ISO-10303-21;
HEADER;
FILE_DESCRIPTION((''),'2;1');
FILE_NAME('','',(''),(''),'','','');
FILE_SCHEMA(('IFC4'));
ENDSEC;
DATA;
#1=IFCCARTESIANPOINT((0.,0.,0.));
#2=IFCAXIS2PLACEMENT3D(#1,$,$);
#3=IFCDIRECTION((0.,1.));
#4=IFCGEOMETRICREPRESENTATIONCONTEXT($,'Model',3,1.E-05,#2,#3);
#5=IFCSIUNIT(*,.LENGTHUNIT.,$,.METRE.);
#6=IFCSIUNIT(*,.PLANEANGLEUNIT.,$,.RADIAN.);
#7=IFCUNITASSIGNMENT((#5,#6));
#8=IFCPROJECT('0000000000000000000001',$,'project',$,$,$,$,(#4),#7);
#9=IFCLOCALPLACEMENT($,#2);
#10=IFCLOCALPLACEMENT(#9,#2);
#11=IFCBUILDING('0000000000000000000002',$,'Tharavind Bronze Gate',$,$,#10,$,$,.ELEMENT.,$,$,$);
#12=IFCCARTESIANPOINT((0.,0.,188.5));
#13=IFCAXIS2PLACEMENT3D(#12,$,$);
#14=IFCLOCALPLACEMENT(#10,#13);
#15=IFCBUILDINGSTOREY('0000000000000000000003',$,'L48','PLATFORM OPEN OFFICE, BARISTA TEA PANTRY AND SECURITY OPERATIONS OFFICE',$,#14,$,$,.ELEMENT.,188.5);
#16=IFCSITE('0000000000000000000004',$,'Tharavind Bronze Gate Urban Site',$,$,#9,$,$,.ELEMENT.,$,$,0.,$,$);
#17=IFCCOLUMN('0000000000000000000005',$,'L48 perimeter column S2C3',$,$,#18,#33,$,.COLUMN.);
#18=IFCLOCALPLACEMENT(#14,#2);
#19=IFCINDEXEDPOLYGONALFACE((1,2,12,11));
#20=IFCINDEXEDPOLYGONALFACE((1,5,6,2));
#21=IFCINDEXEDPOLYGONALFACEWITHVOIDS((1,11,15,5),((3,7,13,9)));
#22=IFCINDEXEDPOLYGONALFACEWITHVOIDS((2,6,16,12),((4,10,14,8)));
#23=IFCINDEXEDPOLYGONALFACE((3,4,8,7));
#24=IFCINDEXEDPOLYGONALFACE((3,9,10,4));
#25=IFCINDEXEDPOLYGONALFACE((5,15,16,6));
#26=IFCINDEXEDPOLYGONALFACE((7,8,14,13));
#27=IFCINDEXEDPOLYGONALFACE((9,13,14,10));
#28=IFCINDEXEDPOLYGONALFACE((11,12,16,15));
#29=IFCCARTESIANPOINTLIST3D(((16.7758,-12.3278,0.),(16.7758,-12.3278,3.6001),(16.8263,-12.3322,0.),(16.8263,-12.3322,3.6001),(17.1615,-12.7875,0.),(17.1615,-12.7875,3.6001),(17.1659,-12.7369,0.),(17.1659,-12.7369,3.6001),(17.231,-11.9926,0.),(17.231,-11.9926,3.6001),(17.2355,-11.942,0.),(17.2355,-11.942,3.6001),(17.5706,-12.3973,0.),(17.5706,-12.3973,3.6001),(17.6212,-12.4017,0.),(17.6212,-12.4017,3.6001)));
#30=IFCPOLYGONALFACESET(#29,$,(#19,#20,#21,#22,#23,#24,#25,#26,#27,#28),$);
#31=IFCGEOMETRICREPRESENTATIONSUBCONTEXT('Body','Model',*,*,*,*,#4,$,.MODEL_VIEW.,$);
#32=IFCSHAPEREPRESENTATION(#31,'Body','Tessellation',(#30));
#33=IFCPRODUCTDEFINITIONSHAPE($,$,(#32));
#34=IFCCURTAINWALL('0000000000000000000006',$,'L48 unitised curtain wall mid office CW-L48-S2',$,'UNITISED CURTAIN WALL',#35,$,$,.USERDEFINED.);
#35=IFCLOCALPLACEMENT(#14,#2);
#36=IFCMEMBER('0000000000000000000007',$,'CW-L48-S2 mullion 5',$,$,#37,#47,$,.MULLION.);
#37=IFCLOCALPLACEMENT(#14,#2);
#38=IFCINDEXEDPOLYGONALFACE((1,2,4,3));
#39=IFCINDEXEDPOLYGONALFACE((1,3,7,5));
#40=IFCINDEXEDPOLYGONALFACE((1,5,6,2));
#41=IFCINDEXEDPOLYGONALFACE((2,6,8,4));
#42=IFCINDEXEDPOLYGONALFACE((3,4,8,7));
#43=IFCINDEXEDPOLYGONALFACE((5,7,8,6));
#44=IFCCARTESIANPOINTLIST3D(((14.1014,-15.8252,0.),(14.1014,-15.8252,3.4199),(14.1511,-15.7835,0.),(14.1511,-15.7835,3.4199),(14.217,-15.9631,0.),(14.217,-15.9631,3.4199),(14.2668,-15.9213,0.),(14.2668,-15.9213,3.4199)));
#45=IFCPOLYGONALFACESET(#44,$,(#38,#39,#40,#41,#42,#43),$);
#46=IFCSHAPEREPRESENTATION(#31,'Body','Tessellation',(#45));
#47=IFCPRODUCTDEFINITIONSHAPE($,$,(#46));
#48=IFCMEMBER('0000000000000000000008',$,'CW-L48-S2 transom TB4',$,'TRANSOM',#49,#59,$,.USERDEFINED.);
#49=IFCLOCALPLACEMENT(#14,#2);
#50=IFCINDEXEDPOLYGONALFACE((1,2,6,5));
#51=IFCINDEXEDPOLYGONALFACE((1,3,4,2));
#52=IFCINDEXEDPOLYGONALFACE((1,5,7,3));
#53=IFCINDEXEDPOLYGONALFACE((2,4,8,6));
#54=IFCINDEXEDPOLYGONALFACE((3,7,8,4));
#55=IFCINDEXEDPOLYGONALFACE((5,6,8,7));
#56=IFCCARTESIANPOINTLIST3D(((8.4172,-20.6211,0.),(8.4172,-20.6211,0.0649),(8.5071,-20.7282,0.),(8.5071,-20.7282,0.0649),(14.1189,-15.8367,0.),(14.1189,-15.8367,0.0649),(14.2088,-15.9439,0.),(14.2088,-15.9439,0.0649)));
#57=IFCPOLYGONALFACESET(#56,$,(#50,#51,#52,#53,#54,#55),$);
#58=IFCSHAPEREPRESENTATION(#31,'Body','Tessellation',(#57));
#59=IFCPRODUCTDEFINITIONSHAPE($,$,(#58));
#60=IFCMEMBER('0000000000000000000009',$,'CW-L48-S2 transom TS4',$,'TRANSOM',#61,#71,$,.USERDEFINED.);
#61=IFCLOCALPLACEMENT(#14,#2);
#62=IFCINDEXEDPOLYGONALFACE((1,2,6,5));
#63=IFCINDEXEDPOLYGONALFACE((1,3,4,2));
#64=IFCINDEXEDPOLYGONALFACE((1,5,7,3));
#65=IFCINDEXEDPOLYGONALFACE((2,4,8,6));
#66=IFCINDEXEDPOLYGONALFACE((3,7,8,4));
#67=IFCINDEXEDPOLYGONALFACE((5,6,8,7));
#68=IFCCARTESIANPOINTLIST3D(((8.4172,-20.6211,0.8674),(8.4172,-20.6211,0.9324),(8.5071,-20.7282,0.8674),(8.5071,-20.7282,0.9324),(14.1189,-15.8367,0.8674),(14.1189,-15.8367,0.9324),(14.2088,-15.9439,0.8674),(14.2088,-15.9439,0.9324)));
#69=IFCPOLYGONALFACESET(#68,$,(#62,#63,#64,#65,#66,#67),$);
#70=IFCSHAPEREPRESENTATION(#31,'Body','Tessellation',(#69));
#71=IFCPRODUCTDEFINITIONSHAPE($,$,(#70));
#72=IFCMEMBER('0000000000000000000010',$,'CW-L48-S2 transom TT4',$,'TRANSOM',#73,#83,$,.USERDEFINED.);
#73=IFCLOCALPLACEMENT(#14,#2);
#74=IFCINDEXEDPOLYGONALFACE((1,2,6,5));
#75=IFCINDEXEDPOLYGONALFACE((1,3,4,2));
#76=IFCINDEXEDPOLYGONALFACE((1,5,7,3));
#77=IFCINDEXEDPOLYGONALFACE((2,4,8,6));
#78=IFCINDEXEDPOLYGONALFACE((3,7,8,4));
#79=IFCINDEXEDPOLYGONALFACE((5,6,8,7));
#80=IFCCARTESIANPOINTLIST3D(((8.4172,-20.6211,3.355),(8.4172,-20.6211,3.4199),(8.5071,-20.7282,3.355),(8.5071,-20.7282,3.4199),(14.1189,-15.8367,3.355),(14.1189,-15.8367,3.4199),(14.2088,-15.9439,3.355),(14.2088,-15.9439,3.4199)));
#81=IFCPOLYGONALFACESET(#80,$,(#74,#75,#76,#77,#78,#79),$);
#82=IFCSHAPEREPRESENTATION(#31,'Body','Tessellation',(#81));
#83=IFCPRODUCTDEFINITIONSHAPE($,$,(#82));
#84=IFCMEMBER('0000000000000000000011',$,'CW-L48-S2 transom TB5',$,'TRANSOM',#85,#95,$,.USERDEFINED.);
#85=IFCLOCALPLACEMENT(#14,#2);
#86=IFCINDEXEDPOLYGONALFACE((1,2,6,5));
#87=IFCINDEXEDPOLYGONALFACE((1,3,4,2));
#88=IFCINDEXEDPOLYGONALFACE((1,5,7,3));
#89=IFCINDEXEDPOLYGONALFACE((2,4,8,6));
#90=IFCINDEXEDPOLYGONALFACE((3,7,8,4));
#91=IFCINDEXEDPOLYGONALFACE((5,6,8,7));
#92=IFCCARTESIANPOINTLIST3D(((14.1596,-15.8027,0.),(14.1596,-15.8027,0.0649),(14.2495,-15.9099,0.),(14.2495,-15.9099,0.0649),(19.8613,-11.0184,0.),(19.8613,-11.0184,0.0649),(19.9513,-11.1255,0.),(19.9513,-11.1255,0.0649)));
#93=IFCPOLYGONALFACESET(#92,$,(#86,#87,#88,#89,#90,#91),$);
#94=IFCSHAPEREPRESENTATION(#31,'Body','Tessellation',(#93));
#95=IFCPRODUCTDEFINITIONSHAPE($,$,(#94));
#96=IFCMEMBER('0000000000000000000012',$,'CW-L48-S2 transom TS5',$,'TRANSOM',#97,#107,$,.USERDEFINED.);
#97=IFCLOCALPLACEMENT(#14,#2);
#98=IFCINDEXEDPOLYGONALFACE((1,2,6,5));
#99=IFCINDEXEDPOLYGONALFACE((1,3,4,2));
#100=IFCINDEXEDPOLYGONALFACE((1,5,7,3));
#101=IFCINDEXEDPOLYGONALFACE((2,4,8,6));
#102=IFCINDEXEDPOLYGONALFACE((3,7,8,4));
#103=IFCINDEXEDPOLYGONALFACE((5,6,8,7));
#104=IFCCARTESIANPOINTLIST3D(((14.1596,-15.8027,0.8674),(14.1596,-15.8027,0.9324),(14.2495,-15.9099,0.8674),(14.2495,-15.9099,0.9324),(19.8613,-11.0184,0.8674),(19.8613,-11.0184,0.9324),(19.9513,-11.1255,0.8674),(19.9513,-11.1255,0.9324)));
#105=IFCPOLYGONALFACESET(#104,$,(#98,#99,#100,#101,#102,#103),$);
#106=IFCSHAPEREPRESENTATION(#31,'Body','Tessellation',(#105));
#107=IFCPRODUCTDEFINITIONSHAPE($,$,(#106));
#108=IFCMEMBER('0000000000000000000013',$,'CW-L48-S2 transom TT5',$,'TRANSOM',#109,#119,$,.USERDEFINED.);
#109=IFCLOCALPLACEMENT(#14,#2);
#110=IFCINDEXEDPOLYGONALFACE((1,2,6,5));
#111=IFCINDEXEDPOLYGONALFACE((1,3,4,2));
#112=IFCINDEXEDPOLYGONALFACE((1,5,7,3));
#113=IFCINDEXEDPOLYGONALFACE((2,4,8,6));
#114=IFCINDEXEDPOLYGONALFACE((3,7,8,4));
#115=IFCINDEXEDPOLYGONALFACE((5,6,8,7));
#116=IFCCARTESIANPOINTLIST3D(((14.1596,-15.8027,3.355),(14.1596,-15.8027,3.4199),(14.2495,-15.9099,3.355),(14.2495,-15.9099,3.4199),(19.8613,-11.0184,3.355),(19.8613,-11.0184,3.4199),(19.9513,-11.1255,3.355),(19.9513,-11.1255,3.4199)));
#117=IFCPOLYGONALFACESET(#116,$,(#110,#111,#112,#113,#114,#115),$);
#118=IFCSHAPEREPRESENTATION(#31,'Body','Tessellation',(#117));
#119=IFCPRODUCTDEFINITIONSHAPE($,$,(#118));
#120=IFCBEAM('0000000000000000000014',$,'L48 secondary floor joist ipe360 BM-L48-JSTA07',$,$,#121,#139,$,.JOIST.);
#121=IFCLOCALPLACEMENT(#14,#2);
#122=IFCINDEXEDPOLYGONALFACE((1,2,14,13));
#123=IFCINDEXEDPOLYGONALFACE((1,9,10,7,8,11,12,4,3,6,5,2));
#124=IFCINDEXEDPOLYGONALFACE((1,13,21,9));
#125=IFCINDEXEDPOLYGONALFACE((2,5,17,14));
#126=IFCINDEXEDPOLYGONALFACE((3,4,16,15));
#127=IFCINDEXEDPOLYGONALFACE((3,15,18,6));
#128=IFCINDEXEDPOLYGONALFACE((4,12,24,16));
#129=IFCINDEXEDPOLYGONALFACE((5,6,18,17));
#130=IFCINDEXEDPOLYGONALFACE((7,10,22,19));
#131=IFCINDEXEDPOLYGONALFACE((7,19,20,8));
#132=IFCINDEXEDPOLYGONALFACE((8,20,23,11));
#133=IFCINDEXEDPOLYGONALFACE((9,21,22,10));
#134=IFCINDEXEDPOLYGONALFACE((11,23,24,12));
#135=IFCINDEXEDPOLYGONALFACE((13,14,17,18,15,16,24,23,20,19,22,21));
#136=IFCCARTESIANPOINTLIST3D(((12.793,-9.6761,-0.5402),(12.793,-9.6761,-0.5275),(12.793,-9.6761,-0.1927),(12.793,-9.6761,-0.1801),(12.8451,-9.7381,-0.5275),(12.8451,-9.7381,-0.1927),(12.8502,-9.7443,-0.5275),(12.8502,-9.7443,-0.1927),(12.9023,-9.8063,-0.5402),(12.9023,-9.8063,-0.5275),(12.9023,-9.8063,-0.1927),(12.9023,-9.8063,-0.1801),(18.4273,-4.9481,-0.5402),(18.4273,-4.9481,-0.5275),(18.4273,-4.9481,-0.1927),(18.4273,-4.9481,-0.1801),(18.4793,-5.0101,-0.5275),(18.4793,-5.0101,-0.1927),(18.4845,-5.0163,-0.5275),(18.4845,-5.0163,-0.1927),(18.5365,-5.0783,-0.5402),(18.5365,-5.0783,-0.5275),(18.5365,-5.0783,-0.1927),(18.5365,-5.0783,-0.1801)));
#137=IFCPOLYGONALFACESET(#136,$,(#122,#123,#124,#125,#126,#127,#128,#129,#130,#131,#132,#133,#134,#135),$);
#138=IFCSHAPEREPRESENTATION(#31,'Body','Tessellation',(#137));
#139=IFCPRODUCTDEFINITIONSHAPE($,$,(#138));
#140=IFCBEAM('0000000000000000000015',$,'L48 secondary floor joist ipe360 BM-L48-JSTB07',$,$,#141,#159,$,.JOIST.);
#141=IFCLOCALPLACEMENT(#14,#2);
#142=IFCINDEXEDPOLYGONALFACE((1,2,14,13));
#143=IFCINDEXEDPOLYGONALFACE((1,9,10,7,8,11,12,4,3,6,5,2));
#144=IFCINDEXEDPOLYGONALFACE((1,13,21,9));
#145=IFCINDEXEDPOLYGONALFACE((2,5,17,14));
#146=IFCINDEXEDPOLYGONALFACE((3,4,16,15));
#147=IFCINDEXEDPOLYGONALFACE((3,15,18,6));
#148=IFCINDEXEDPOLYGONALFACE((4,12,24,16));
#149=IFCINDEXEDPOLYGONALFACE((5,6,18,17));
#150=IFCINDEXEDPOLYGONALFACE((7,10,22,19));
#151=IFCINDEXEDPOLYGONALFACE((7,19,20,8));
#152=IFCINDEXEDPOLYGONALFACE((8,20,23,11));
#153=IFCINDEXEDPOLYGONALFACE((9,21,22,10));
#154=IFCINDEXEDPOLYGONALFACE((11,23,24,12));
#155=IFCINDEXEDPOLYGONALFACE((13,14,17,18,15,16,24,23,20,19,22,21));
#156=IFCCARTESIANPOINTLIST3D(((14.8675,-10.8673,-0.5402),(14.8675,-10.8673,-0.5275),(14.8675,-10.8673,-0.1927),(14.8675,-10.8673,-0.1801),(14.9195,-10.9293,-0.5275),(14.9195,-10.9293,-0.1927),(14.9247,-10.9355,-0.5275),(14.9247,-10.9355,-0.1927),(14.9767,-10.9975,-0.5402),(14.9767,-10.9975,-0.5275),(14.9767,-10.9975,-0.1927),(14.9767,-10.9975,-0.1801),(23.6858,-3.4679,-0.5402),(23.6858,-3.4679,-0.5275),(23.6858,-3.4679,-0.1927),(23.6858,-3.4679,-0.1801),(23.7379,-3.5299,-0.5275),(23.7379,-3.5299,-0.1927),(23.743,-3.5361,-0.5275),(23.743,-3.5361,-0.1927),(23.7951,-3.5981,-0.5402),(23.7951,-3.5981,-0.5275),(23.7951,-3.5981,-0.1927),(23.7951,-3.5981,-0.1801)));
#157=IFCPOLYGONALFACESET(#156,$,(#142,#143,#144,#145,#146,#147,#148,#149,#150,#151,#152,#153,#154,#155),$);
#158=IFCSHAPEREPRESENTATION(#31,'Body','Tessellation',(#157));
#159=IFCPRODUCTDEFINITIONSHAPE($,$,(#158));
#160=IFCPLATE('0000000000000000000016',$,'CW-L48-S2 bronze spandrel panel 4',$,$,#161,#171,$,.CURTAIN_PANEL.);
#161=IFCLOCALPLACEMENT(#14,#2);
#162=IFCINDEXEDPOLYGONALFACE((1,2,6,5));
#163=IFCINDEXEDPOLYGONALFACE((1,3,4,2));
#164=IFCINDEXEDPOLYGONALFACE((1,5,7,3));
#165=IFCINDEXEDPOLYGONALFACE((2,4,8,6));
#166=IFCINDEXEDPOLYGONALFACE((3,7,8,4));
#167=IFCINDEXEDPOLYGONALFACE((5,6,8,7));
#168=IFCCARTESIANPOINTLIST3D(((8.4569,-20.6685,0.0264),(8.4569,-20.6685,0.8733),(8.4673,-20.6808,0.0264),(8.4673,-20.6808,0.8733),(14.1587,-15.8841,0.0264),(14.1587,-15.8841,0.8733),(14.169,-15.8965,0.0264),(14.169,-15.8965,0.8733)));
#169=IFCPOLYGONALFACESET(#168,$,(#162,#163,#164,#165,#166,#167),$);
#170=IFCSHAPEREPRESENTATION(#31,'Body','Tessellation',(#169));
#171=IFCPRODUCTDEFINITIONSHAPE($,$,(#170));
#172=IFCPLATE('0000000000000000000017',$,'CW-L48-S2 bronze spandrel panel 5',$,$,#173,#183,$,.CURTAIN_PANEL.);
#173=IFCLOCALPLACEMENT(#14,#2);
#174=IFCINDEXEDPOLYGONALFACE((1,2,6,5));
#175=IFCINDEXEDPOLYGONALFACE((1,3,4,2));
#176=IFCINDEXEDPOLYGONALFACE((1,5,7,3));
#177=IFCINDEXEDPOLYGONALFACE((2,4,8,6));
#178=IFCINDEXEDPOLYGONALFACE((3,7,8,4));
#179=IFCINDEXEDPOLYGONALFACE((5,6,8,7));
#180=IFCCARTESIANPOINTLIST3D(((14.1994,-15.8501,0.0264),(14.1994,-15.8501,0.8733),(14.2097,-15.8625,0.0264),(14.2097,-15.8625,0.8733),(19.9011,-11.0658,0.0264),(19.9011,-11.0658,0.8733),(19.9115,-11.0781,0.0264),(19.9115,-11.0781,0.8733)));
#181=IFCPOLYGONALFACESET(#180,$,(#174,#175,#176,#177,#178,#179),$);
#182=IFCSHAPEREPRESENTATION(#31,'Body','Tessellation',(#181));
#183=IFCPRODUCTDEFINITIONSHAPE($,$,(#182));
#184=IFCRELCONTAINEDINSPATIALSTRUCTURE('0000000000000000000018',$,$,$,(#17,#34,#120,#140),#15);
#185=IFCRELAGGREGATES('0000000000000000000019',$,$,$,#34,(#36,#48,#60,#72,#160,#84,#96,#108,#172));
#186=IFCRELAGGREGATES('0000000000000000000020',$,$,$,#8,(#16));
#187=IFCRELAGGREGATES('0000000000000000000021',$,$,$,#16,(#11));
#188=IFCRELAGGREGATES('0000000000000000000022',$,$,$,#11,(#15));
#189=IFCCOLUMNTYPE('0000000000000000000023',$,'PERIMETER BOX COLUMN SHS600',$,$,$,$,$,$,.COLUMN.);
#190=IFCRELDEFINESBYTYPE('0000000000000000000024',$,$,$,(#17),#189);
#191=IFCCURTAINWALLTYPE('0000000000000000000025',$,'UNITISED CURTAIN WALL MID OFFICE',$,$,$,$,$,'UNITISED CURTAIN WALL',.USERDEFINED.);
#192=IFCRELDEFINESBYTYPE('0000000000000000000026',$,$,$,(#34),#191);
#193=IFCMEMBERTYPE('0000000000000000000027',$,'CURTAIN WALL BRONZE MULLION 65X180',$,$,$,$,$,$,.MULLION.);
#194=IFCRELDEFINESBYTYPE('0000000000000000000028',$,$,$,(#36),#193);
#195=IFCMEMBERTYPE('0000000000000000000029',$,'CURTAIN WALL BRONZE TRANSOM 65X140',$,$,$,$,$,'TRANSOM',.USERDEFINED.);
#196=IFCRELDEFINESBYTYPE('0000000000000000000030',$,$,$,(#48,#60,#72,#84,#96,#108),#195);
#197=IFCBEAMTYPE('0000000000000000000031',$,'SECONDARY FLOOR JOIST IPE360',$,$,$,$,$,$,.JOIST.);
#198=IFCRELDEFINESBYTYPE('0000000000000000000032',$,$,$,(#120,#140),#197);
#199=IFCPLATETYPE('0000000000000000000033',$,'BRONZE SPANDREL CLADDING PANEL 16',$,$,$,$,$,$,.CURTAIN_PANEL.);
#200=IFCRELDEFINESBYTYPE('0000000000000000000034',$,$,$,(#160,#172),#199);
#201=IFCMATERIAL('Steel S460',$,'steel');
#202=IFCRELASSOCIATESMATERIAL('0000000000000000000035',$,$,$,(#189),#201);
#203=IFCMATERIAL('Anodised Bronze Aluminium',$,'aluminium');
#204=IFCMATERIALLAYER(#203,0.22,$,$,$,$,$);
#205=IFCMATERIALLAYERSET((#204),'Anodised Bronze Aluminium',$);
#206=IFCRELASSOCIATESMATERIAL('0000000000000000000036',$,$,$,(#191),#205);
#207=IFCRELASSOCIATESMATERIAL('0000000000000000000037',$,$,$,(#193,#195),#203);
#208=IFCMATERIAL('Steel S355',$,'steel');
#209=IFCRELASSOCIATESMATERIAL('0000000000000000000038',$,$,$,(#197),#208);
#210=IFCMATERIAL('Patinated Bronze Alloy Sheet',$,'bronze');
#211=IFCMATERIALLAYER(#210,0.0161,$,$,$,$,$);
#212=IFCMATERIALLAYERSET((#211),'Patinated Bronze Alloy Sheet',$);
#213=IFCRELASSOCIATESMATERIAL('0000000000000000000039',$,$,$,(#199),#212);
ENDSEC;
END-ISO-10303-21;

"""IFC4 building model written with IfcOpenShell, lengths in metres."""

from ifc_helpers import new_model, si_unit, direction, frame, origin, origin_2d, place, context, subcontext, project, spatial, rectangle, hollow_rectangle, i_section, extrude, material, layer, layer_set, material_profile, profile_set, type_object, element, aggregate, save


model = new_model("IFC4")

# Units and contexts
model_context = context("Model", 3, precision=1e-05, world=origin(), true_north=direction((0.0, 1.0)))
body_context = subcontext(model_context, "Body", "Model", "MODEL_VIEW")
ifc_project = project(units=[si_unit("LENGTHUNIT", "METRE"), si_unit("PLANEANGLEUNIT", "RADIAN")], contexts=[model_context])

# Site, building, storey
site_placement = place(None, origin())
site = spatial("IfcSite", under=ifc_project, at=site_placement, Name="Tharavind Bronze Gate Urban Site", CompositionType="ELEMENT", RefElevation=0.0)
building_placement = place(site_placement, origin())
building = spatial("IfcBuilding", under=site, at=building_placement, Name="Tharavind Bronze Gate", CompositionType="ELEMENT")
storey_placement = place(building_placement, frame((0.0, 0.0, 188.5)))
storey = spatial("IfcBuildingStorey", under=building, at=storey_placement, Name="L48", Description="PLATFORM OPEN OFFICE, BARISTA TEA PANTRY AND SECURITY OPERATIONS OFFICE", CompositionType="ELEMENT", Elevation=188.5)

# Column
ifc_material_1 = material(Name="Steel S460", Category="steel")
ifc_material_profile_1 = material_profile(ifc_material_1, hollow_rectangle(XDim=0.6001, YDim=0.6001, WallThickness=0.0359, at=origin_2d()), Name="SHS600X36")
ifc_profile_set_1 = profile_set([ifc_material_profile_1], Name="Steel S460")
column_type = type_object("IfcColumnType", Name="PERIMETER BOX COLUMN SHS600", PredefinedType="COLUMN", material=ifc_profile_set_1)
column_placement = place(storey_placement, frame((17.1985, -12.3647, 0.0), z_axis=(0.0, 0.0, 1.0), x_axis=(0.766043, 0.642789, 0.0)))
element("IfcColumn", 1, at=column_placement, inside=storey, type_object=column_type, Name="L48 perimeter column S2C3", PredefinedType="COLUMN", context=body_context, shape_type="SweptSolid", body=[
    extrude(hollow_rectangle(XDim=0.6001, YDim=0.6001, WallThickness=0.0359, at=origin_2d()), origin(), (0.0, 0.0, 1.0), 3.6001),
])

# Curtain wall, members
ifc_material_2 = material(Name="Anodised Bronze Aluminium", Category="aluminium")
ifc_layer_1 = layer(ifc_material_2, 0.22)
ifc_layer_set_1 = layer_set([ifc_layer_1], Name="Anodised Bronze Aluminium")
curtain_wall_type = type_object("IfcCurtainWallType", Name="UNITISED CURTAIN WALL MID OFFICE", ElementType="UNITISED CURTAIN WALL", PredefinedType="USERDEFINED", material=ifc_layer_set_1)
curtain_wall_placement = place(storey_placement, origin())
curtain_wall = element("IfcCurtainWall", 2, at=curtain_wall_placement, inside=storey, type_object=curtain_wall_type, Name="L48 unitised curtain wall mid office CW-L48-S2", ObjectType="UNITISED CURTAIN WALL", PredefinedType="USERDEFINED")
member_type_1 = type_object("IfcMemberType", Name="CURTAIN WALL BRONZE MULLION 65X180", PredefinedType="MULLION", material=ifc_material_2)
member_1_placement = place(storey_placement, frame((14.1841, -15.8733, 0.0), z_axis=(0.0, 0.0, 1.0), x_axis=(0.766043, 0.642789, 0.0)))
member_1 = element("IfcMember", 3, at=member_1_placement, type_object=member_type_1, Name="CW-L48-S2 mullion 5", PredefinedType="MULLION", context=body_context, shape_type="SweptSolid", body=[
    extrude(rectangle(XDim=0.0649, YDim=0.1799, at=origin_2d()), origin(), (0.0, 0.0, 1.0), 3.4199),
])
member_type_2 = type_object("IfcMemberType", Name="CURTAIN WALL BRONZE TRANSOM 65X140", ElementType="TRANSOM", PredefinedType="USERDEFINED", material=ifc_material_2)
member_2_placement = place(storey_placement, frame((11.313, -18.2825, 0.0), z_axis=(0.0, 0.0, 1.0), x_axis=(0.766043, 0.642789, 0.0)))
member_2 = element("IfcMember", 4, at=member_2_placement, type_object=member_type_2, Name="CW-L48-S2 transom TB4", ObjectType="TRANSOM", PredefinedType="USERDEFINED", context=body_context, shape_type="SweptSolid", body=[
    extrude(rectangle(XDim=7.4431, YDim=0.1399, at=origin_2d()), origin(), (0.0, 0.0, 1.0), 0.0649),
])
member_3_placement = place(storey_placement, frame((11.313, -18.2825, 0.8674), z_axis=(0.0, 0.0, 1.0), x_axis=(0.766043, 0.642789, 0.0)))
member_3 = element("IfcMember", 5, at=member_3_placement, type_object=member_type_2, Name="CW-L48-S2 transom TS4", ObjectType="TRANSOM", PredefinedType="USERDEFINED", context=body_context, shape_type="SweptSolid", body=[
    extrude(rectangle(XDim=7.4431, YDim=0.1399, at=origin_2d()), origin(), (0.0, 0.0, 1.0), 0.0649),
])
member_4_placement = place(storey_placement, frame((11.313, -18.2825, 3.355), z_axis=(0.0, 0.0, 1.0), x_axis=(0.766043, 0.642789, 0.0)))
member_4 = element("IfcMember", 6, at=member_4_placement, type_object=member_type_2, Name="CW-L48-S2 transom TT4", ObjectType="TRANSOM", PredefinedType="USERDEFINED", context=body_context, shape_type="SweptSolid", body=[
    extrude(rectangle(XDim=7.4431, YDim=0.1399, at=origin_2d()), origin(), (0.0, 0.0, 1.0), 0.0649),
])
member_5_placement = place(storey_placement, frame((17.0554, -13.4641, 0.0), z_axis=(0.0, 0.0, 1.0), x_axis=(0.766043, 0.642789, 0.0)))
member_5 = element("IfcMember", 7, at=member_5_placement, type_object=member_type_2, Name="CW-L48-S2 transom TB5", ObjectType="TRANSOM", PredefinedType="USERDEFINED", context=body_context, shape_type="SweptSolid", body=[
    extrude(rectangle(XDim=7.4431, YDim=0.1399, at=origin_2d()), origin(), (0.0, 0.0, 1.0), 0.0649),
])
member_6_placement = place(storey_placement, frame((17.0554, -13.4641, 0.8674), z_axis=(0.0, 0.0, 1.0), x_axis=(0.766043, 0.642789, 0.0)))
member_6 = element("IfcMember", 8, at=member_6_placement, type_object=member_type_2, Name="CW-L48-S2 transom TS5", ObjectType="TRANSOM", PredefinedType="USERDEFINED", context=body_context, shape_type="SweptSolid", body=[
    extrude(rectangle(XDim=7.4431, YDim=0.1399, at=origin_2d()), origin(), (0.0, 0.0, 1.0), 0.0649),
])
member_7_placement = place(storey_placement, frame((17.0554, -13.4641, 3.355), z_axis=(0.0, 0.0, 1.0), x_axis=(0.766043, 0.642789, 0.0)))
member_7 = element("IfcMember", 9, at=member_7_placement, type_object=member_type_2, Name="CW-L48-S2 transom TT5", ObjectType="TRANSOM", PredefinedType="USERDEFINED", context=body_context, shape_type="SweptSolid", body=[
    extrude(rectangle(XDim=7.4431, YDim=0.1399, at=origin_2d()), origin(), (0.0, 0.0, 1.0), 0.0649),
])

# Beams
ifc_material_3 = material(Name="Steel S355", Category="steel")
ifc_material_profile_2 = material_profile(ifc_material_3, i_section(OverallWidth=0.1699, OverallDepth=0.3601, WebThickness=0.0081, FlangeThickness=0.0127, at=origin_2d()), Name="IPE360")
ifc_profile_set_2 = profile_set([ifc_material_profile_2], Name="Steel S355")
beam_type = type_object("IfcBeamType", Name="SECONDARY FLOOR JOIST IPE360", PredefinedType="JOIST", material=ifc_profile_set_2)
beam_1_placement = place(storey_placement, frame((12.8477, -9.7412, -0.3601), z_axis=(0.766024, 0.642812, 0.0), x_axis=(-0.642812, 0.766024, 0.0)))
element("IfcBeam", 10, at=beam_1_placement, inside=storey, type_object=beam_type, Name="L48 secondary floor joist ipe360 BM-L48-JSTA07", PredefinedType="JOIST", context=body_context, shape_type="SweptSolid", body=[
    extrude(i_section(OverallWidth=0.1699, OverallDepth=0.3601, WebThickness=0.0081, FlangeThickness=0.0127, at=origin_2d()), origin(), (0.0, 0.0, 1.0), 7.3552),
])
beam_2_placement = place(storey_placement, frame((14.9221, -10.9324, -0.3601), z_axis=(0.766047, 0.642784, 0.0), x_axis=(-0.642784, 0.766047, 0.0)))
element("IfcBeam", 11, at=beam_2_placement, inside=storey, type_object=beam_type, Name="L48 secondary floor joist ipe360 BM-L48-JSTB07", PredefinedType="JOIST", context=body_context, shape_type="SweptSolid", body=[
    extrude(i_section(OverallWidth=0.1699, OverallDepth=0.3601, WebThickness=0.0081, FlangeThickness=0.0127, at=origin_2d()), origin(), (0.0, 0.0, 1.0), 11.5115),
])

# Plates
ifc_material_4 = material(Name="Patinated Bronze Alloy Sheet", Category="bronze")
ifc_layer_2 = layer(ifc_material_4, 0.0161)
ifc_layer_set_2 = layer_set([ifc_layer_2], Name="Patinated Bronze Alloy Sheet")
plate_type_1 = type_object("IfcPlateType", Name="BRONZE SPANDREL CLADDING PANEL 16", PredefinedType="CURTAIN_PANEL", material=ifc_layer_set_2)
plate_1_placement = place(storey_placement, frame((11.313, -18.2825, 0.0264), z_axis=(0.0, 0.0, 1.0), x_axis=(0.766043, 0.642789, 0.0)))
plate_1 = element("IfcPlate", 12, at=plate_1_placement, type_object=plate_type_1, Name="CW-L48-S2 bronze spandrel panel 4", PredefinedType="CURTAIN_PANEL", context=body_context, shape_type="SweptSolid", body=[
    extrude(rectangle(XDim=7.4431, YDim=0.0161, at=origin_2d()), origin(), (0.0, 0.0, 1.0), 0.8469),
])
plate_2_placement = place(storey_placement, frame((17.0554, -13.4641, 0.0264), z_axis=(0.0, 0.0, 1.0), x_axis=(0.766043, 0.642789, 0.0)))
plate_2 = element("IfcPlate", 13, at=plate_2_placement, type_object=plate_type_1, Name="CW-L48-S2 bronze spandrel panel 5", PredefinedType="CURTAIN_PANEL", context=body_context, shape_type="SweptSolid", body=[
    extrude(rectangle(XDim=7.4431, YDim=0.0161, at=origin_2d()), origin(), (0.0, 0.0, 1.0), 0.8469),
])
aggregate(curtain_wall, [member_1, member_2, member_3, member_4, plate_1, member_5, member_6, member_7, plate_2])

save(model, "model.ifc")
